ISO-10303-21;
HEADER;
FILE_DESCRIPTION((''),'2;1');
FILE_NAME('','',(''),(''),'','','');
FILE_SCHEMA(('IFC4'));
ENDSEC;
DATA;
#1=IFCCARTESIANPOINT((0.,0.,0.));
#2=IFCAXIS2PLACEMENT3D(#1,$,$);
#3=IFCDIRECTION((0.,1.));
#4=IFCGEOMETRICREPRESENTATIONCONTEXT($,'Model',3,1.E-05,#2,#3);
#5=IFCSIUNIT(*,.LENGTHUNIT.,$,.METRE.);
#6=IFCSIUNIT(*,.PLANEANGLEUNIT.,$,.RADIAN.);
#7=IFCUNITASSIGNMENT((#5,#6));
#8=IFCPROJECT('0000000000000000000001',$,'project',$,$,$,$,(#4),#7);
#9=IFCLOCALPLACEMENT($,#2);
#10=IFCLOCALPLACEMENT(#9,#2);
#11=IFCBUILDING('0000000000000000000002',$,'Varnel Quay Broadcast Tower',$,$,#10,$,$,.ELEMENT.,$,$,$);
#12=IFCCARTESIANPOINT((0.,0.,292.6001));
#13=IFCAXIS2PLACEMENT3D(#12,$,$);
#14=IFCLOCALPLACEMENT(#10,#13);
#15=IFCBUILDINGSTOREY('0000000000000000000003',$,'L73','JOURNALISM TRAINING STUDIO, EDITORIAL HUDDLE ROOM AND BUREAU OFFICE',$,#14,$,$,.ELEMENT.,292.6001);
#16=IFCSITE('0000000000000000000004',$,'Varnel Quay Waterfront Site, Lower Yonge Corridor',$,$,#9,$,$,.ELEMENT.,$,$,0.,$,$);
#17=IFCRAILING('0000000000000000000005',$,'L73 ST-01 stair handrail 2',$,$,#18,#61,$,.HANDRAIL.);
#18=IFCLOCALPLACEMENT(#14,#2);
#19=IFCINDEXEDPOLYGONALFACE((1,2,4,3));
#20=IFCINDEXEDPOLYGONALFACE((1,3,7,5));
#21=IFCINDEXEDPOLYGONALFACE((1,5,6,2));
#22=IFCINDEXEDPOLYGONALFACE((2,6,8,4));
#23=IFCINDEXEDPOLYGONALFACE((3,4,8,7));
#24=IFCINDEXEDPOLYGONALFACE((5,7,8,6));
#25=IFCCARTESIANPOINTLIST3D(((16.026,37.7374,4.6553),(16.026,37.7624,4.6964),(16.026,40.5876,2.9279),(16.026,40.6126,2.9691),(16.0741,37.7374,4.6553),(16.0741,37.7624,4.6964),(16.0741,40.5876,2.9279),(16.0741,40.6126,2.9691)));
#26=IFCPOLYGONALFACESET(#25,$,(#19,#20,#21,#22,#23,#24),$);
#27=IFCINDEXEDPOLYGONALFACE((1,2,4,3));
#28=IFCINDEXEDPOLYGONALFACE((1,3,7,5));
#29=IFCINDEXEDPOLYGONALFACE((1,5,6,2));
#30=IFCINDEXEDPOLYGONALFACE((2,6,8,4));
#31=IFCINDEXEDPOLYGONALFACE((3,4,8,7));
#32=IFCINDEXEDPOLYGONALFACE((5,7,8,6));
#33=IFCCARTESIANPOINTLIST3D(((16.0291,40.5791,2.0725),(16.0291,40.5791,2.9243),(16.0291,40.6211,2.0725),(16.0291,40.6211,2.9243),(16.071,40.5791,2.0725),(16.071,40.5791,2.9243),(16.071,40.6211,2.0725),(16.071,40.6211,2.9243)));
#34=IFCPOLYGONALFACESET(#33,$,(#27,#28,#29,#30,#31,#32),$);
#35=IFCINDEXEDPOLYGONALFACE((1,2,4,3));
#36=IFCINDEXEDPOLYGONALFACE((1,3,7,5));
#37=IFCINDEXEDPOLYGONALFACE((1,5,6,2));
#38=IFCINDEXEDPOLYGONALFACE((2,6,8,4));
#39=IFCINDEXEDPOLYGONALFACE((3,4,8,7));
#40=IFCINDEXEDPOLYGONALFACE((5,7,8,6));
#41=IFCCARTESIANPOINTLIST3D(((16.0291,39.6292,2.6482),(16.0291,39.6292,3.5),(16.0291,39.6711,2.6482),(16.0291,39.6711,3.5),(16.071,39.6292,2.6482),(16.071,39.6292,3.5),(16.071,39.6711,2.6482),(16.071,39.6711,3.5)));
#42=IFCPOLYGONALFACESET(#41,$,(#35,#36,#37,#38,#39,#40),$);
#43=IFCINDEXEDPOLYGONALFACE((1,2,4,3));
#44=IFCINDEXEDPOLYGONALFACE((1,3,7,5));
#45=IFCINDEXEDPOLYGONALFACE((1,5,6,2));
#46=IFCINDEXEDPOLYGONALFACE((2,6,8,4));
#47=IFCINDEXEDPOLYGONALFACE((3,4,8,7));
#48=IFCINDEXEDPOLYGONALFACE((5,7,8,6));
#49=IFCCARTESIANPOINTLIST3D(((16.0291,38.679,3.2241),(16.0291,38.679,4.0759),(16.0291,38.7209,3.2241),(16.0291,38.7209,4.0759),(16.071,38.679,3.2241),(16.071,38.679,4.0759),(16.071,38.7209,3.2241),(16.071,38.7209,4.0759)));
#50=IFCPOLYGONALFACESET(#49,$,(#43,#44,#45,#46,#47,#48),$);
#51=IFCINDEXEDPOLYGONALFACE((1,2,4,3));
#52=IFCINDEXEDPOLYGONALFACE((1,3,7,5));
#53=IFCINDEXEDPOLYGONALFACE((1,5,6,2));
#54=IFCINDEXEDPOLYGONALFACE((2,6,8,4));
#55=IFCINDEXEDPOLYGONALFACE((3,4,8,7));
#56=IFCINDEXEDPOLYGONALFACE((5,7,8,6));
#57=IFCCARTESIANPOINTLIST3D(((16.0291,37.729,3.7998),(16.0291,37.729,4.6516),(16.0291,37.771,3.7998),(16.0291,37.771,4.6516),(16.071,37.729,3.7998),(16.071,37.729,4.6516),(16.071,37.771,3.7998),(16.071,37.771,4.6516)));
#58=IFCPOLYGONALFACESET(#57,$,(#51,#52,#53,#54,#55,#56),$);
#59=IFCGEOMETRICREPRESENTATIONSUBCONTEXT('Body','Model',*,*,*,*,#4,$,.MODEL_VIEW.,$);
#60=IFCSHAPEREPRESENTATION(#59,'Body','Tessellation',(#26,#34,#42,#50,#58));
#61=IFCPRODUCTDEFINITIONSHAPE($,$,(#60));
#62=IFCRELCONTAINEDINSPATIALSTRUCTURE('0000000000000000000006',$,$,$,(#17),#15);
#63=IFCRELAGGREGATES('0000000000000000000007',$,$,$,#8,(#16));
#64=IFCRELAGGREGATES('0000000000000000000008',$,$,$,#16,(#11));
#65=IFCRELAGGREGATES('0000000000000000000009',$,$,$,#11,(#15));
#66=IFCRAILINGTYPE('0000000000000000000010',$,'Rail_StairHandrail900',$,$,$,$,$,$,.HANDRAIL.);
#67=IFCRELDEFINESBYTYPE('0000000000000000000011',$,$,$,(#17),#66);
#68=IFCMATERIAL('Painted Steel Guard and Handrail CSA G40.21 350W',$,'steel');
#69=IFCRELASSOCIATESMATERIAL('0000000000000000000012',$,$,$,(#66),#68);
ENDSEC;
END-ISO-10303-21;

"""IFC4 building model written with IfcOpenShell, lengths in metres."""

from ifc_helpers import new_model, si_unit, direction, frame, origin, origin_2d, place, context, subcontext, project, spatial, rectangle, extrude, material, type_object, element, save


model = new_model("IFC4")

# Units and contexts
model_context = context("Model", 3, precision=1e-05, world=origin(), true_north=direction((0.0, 1.0)))
body_context = subcontext(model_context, "Body", "Model", "MODEL_VIEW")
ifc_project = project(units=[si_unit("LENGTHUNIT", "METRE"), si_unit("PLANEANGLEUNIT", "RADIAN")], contexts=[model_context])

# Site, building, storey
site_placement = place(None, origin())
site = spatial("IfcSite", under=ifc_project, at=site_placement, Name="Varnel Quay Waterfront Site, Lower Yonge Corridor", CompositionType="ELEMENT", RefElevation=0.0)
building_placement = place(site_placement, origin())
building = spatial("IfcBuilding", under=site, at=building_placement, Name="Varnel Quay Broadcast Tower", CompositionType="ELEMENT")
storey_placement = place(building_placement, frame((0.0, 0.0, 292.6001)))
storey = spatial("IfcBuildingStorey", under=building, at=storey_placement, Name="L73", Description="JOURNALISM TRAINING STUDIO, EDITORIAL HUDDLE ROOM AND BUREAU OFFICE", CompositionType="ELEMENT", Elevation=292.6001)

# Railing
ifc_material_1 = material(Name="Painted Steel Guard and Handrail CSA G40.21 350W", Category="steel")
railing_type_1 = type_object("IfcRailingType", Name="Rail_StairHandrail900", PredefinedType="HANDRAIL", material=ifc_material_1)
railing_1_placement = place(storey_placement, frame((16.05, 40.6001, 2.0725)))
element("IfcRailing", 1, at=railing_1_placement, inside=storey, type_object=railing_type_1, Name="L73 ST-01 stair handrail 2", PredefinedType="HANDRAIL", context=body_context, shape_type="SweptSolid", body=[
    extrude(rectangle(XDim=0.0481, YDim=0.0481, at=origin_2d()), frame((0.0, 0.0, 0.876), z_axis=(0.0, -0.855203, 0.518294), x_axis=(1.0, 0.0, 0.0)), (0.0, 0.0, 1.0), 3.3328),
    extrude(rectangle(XDim=0.042, YDim=0.042, at=origin_2d()), origin(), (0.0, 0.0, 1.0), 0.8518),
    extrude(rectangle(XDim=0.042, YDim=0.042, at=origin_2d()), frame((0.0, -0.95, 0.5757)), (0.0, 0.0, 1.0), 0.8518),
    extrude(rectangle(XDim=0.042, YDim=0.042, at=origin_2d()), frame((0.0, -1.9001, 1.1516)), (0.0, 0.0, 1.0), 0.8518),
    extrude(rectangle(XDim=0.042, YDim=0.042, at=origin_2d()), frame((0.0, -2.8501, 1.7273)), (0.0, 0.0, 1.0), 0.8518),
])

save(model, "model.ifc")
